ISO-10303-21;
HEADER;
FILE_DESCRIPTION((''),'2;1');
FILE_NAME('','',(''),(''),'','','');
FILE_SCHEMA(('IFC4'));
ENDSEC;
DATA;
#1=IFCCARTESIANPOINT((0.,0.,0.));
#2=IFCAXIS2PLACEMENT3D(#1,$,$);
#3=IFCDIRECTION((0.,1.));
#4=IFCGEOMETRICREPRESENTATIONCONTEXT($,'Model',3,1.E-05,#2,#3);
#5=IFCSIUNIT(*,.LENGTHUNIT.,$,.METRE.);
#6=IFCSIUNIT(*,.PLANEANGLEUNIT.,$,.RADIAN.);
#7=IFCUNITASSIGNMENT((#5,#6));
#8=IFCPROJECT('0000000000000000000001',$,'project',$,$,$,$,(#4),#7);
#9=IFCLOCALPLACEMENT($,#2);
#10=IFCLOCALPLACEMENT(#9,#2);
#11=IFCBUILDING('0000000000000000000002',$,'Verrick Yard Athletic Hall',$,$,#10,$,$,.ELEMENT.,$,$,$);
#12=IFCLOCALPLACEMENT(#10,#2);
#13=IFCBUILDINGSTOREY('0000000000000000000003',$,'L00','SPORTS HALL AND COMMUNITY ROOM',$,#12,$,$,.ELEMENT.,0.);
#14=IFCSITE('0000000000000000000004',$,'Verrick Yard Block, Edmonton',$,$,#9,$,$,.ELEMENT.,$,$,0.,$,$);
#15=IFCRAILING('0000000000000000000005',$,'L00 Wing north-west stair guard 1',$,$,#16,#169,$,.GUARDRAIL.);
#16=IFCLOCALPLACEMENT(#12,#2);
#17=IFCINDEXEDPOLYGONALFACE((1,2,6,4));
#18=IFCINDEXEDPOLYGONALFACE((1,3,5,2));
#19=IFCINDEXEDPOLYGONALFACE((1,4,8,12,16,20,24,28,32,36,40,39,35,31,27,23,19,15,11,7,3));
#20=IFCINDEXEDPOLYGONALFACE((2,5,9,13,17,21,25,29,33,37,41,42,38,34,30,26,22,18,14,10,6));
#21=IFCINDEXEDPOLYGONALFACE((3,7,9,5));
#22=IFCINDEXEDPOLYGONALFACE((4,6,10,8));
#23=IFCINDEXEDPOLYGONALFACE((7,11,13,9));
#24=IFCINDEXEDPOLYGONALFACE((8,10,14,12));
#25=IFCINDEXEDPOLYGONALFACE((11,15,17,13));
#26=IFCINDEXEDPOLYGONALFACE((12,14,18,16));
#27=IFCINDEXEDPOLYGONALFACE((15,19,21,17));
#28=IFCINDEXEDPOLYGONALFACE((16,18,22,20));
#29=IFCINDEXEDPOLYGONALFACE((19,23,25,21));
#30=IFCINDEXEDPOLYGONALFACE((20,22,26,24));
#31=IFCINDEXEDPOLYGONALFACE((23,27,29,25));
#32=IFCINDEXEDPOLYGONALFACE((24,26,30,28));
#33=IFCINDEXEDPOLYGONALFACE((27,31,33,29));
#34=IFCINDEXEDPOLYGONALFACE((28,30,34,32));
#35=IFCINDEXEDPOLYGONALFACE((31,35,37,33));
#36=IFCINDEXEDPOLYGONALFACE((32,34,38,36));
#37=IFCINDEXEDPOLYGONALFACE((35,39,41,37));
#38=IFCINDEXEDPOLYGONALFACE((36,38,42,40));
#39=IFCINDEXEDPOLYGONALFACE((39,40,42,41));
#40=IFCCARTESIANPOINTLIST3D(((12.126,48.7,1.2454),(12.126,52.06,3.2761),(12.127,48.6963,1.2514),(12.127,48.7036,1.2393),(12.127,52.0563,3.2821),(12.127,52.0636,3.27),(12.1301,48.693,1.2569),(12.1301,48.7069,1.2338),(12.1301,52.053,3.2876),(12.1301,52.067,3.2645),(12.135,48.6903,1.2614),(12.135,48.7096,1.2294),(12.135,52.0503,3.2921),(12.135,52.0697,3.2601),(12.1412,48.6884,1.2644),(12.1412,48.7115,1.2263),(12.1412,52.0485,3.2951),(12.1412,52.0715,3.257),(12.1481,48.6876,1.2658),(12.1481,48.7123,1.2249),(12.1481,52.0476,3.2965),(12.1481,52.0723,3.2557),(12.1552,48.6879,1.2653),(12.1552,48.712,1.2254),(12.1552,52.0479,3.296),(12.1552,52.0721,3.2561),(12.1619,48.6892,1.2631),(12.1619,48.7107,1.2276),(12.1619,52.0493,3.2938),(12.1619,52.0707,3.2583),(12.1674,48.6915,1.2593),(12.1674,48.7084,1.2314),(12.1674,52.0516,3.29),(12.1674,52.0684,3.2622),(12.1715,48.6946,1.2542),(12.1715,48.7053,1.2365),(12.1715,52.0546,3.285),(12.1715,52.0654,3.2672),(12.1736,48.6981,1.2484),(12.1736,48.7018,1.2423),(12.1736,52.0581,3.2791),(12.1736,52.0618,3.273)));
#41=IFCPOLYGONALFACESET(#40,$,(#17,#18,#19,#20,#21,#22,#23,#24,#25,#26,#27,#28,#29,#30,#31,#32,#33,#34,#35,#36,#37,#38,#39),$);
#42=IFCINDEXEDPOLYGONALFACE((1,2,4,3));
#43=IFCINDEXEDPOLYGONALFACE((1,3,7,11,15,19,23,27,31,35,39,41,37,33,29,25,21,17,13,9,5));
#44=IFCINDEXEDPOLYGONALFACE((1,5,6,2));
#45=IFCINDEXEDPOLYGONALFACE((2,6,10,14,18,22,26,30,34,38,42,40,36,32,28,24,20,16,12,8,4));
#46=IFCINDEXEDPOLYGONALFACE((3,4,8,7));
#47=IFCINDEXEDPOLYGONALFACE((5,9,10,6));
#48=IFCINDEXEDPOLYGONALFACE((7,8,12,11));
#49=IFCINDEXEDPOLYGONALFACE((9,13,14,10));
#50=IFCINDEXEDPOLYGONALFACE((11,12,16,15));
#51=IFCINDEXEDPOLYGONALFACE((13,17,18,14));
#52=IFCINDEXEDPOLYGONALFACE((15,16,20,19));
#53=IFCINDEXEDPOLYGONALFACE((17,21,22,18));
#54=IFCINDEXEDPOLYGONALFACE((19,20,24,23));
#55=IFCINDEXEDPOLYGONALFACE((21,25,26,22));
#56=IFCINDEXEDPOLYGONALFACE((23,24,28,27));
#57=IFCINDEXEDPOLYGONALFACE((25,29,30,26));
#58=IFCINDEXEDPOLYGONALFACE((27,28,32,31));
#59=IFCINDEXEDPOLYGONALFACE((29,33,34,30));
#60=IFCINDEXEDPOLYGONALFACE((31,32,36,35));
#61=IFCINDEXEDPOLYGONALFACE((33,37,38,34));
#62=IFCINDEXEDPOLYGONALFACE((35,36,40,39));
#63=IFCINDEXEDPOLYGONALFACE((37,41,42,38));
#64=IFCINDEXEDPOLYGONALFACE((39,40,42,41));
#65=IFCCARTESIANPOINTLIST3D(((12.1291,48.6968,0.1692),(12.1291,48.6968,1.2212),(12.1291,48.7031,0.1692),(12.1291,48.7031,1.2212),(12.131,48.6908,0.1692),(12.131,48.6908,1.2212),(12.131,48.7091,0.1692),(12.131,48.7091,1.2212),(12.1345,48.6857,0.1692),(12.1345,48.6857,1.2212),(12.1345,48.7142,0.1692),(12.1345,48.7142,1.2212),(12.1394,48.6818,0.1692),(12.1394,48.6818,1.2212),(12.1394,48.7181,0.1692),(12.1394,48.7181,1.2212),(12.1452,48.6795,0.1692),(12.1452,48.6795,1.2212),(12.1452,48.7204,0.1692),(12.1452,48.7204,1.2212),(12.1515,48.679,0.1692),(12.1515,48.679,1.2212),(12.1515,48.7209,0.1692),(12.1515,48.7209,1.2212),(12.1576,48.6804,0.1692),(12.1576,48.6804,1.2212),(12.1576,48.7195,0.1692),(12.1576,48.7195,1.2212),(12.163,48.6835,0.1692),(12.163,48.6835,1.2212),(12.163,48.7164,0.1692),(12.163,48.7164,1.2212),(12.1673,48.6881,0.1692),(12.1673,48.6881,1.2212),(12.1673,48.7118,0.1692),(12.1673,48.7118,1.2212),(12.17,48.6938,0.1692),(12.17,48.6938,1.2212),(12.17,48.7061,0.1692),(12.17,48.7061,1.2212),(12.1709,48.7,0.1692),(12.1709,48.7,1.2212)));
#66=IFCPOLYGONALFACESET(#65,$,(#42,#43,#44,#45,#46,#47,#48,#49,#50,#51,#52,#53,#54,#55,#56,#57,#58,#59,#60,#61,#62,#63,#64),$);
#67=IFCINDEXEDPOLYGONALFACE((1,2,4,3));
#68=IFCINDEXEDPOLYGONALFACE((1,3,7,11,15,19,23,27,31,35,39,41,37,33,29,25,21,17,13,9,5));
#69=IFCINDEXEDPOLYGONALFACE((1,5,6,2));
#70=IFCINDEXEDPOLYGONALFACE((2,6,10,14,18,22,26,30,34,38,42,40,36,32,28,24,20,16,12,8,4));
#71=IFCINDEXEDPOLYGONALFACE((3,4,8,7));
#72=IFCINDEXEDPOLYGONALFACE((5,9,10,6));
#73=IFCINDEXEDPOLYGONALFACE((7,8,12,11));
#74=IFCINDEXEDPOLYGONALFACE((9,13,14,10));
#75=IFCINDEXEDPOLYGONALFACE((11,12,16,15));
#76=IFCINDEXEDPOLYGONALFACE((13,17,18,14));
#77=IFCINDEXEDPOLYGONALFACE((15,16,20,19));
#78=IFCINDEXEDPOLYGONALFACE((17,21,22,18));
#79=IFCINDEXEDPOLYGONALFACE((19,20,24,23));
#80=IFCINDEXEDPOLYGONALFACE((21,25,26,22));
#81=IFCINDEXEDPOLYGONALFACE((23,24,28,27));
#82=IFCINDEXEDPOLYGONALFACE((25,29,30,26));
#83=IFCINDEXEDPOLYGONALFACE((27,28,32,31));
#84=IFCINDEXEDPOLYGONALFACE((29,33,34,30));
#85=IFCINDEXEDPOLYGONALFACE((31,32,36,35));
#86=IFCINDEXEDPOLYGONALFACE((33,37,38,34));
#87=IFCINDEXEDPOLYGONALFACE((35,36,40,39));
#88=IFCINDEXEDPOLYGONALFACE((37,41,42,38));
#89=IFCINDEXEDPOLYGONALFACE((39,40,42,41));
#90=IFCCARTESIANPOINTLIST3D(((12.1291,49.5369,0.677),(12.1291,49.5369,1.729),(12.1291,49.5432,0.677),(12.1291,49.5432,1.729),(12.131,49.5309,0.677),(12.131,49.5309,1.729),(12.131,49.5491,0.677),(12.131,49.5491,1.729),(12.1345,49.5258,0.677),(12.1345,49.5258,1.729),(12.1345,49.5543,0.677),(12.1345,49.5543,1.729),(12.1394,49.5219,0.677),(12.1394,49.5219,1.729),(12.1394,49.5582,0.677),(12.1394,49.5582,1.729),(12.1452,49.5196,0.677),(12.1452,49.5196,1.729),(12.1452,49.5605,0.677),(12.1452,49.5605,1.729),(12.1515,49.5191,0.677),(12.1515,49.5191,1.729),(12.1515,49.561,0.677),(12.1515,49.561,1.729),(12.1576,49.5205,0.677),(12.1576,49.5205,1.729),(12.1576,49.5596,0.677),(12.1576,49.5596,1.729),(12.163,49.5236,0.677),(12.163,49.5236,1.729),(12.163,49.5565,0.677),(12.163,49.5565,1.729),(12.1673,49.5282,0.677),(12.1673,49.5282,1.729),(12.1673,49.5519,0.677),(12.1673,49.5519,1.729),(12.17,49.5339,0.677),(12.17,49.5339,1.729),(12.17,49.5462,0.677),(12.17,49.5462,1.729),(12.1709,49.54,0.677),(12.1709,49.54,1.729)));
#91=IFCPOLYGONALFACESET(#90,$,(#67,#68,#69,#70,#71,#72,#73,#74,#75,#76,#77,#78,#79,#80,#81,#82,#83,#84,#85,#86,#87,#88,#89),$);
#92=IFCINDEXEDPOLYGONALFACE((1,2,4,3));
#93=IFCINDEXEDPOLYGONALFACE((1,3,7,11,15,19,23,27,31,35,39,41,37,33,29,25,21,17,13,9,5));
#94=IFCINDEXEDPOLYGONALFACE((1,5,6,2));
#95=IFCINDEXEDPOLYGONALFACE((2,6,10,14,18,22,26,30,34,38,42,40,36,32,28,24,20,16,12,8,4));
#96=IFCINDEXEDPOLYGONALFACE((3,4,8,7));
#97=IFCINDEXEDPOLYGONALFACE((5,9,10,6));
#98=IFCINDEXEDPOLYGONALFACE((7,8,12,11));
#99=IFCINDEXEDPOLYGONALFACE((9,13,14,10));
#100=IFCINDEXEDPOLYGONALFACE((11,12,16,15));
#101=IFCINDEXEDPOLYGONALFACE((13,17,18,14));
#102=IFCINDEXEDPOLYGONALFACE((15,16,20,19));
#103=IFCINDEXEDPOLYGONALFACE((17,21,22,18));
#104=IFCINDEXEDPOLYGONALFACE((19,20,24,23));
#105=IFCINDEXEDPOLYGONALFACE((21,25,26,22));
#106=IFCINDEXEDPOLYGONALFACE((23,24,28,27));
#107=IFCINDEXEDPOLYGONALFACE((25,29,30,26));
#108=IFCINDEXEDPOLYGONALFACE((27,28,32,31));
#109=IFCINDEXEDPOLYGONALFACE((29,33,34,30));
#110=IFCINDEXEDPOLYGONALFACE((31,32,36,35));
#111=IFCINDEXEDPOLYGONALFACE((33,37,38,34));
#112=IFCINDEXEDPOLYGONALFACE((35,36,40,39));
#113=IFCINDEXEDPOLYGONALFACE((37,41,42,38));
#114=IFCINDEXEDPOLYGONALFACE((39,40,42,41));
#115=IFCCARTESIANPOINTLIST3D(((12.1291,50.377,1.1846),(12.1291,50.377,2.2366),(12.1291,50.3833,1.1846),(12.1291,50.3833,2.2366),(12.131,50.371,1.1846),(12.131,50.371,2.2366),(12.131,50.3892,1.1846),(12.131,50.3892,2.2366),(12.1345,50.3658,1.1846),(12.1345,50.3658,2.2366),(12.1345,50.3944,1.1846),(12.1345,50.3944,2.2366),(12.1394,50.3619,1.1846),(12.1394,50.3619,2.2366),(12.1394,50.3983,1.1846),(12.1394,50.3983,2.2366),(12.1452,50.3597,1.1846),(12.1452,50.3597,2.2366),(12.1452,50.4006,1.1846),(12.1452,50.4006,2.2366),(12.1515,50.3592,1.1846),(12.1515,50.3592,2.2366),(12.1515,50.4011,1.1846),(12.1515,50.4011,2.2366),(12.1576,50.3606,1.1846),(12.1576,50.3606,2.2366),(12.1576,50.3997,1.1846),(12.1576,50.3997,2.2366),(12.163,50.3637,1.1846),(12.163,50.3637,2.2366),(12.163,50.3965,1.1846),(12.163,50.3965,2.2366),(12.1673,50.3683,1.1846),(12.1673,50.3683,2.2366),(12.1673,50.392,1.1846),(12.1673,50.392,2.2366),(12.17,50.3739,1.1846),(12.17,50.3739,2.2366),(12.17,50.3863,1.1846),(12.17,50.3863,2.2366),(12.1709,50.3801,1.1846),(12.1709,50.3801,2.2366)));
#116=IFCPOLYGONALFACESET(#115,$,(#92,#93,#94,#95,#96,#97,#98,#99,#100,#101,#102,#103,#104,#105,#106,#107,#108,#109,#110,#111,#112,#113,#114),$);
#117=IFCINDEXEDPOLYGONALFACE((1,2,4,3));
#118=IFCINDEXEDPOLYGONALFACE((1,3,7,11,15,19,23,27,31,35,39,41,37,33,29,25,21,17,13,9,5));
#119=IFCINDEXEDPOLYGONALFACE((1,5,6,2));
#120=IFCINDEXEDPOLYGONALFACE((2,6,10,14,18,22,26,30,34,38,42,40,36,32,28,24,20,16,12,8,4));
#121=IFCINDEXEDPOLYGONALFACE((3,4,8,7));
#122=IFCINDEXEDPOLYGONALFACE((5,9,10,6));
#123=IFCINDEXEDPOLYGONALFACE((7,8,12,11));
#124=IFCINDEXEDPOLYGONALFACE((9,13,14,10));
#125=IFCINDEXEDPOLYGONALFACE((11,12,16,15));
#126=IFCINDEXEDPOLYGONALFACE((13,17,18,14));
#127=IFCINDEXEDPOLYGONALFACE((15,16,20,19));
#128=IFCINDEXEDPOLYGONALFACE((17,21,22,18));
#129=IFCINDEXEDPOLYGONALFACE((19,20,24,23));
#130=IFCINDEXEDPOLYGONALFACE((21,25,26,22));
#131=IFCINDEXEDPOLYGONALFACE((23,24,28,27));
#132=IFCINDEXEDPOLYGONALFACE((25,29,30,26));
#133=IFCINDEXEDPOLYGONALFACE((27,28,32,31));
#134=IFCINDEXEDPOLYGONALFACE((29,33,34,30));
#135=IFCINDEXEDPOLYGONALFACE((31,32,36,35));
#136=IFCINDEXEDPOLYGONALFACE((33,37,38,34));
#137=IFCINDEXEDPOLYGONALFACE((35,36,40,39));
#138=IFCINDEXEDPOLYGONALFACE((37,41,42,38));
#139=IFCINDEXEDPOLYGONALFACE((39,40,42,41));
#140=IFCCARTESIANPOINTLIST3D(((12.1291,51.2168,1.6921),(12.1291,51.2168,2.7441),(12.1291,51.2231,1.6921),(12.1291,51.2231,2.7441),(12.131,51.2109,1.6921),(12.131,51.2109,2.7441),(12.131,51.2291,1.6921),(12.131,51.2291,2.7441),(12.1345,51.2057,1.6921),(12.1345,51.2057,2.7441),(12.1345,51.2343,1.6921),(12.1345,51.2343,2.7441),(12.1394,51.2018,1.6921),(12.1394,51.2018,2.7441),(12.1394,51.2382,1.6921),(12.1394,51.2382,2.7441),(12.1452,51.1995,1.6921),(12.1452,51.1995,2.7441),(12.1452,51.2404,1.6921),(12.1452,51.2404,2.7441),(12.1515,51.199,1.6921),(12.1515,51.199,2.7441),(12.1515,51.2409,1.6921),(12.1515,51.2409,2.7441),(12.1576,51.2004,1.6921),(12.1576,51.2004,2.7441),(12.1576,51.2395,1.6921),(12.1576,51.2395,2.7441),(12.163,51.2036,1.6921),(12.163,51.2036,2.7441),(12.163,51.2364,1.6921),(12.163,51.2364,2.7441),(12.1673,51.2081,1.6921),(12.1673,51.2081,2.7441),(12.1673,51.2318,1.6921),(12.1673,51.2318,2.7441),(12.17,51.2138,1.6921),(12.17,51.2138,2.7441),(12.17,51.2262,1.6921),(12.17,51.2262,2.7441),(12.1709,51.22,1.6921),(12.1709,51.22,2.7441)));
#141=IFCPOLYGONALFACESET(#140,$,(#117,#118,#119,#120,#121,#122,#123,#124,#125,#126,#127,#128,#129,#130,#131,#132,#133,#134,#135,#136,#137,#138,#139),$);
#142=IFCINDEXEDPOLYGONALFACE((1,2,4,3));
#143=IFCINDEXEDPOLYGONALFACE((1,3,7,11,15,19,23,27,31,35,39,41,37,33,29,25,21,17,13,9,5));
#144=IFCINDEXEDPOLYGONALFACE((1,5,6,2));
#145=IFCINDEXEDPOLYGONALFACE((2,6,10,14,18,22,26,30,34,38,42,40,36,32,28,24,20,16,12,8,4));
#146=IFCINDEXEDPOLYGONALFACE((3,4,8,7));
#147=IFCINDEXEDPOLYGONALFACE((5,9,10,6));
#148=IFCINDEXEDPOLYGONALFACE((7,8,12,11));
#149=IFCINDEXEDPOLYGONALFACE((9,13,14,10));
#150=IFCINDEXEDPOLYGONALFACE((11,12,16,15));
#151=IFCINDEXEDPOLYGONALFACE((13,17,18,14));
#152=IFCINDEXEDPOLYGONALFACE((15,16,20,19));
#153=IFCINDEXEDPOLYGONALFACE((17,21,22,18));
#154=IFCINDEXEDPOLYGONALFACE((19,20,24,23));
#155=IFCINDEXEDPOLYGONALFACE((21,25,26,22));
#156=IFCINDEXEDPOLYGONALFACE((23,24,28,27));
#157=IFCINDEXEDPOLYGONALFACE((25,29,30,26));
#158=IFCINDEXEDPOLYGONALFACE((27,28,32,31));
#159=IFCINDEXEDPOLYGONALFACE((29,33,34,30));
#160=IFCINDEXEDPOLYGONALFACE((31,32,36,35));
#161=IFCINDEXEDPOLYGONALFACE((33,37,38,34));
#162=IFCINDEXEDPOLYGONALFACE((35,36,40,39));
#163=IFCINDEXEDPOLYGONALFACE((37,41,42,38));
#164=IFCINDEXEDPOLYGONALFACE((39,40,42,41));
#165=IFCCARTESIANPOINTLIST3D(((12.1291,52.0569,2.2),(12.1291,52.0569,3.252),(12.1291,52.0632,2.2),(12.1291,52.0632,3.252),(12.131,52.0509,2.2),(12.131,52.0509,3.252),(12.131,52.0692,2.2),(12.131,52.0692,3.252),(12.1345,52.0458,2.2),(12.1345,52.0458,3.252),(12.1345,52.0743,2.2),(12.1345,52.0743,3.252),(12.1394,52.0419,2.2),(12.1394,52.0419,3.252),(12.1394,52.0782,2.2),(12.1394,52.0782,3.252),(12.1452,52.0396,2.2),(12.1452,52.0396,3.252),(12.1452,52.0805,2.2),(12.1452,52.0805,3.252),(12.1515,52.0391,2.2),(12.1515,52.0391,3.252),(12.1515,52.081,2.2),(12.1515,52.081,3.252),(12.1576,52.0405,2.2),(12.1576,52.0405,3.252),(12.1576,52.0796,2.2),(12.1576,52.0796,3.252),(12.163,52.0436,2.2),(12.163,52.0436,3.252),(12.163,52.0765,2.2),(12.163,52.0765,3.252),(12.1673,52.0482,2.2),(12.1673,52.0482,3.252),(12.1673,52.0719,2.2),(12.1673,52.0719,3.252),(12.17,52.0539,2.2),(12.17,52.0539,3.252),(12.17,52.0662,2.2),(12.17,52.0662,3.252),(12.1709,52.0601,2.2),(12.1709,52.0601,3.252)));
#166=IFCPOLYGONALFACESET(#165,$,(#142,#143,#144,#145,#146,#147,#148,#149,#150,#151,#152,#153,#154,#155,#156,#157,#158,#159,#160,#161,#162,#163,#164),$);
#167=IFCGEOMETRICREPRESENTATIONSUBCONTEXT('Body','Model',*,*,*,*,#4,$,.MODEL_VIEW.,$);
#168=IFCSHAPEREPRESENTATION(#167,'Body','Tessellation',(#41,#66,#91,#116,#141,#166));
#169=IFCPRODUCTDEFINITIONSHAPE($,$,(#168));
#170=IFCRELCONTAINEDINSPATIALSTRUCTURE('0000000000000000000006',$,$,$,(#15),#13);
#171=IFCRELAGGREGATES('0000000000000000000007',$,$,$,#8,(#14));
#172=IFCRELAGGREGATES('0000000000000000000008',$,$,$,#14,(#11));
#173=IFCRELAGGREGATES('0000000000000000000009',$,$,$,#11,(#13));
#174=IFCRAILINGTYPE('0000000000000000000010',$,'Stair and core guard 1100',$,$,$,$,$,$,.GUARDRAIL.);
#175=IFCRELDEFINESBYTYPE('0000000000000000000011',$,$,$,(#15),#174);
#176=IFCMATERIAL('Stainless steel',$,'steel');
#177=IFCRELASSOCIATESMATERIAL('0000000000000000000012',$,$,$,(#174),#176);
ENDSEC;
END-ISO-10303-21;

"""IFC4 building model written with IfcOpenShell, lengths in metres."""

from ifc_helpers import new_model, si_unit, direction, frame, origin, origin_2d, place, context, subcontext, project, spatial, circle, extrude, material, type_object, element, save


model = new_model("IFC4")

# Units and contexts
model_context = context("Model", 3, precision=1e-05, world=origin(), true_north=direction((0.0, 1.0)))
body_context = subcontext(model_context, "Body", "Model", "MODEL_VIEW")
ifc_project = project(units=[si_unit("LENGTHUNIT", "METRE"), si_unit("PLANEANGLEUNIT", "RADIAN")], contexts=[model_context])

# Site, building, storey
site_placement = place(None, origin())
site = spatial("IfcSite", under=ifc_project, at=site_placement, Name="Verrick Yard Block, Edmonton", CompositionType="ELEMENT", RefElevation=0.0)
building_placement = place(site_placement, origin())
building = spatial("IfcBuilding", under=site, at=building_placement, Name="Verrick Yard Athletic Hall", CompositionType="ELEMENT")
storey_placement = place(building_placement, origin())
storey = spatial("IfcBuildingStorey", under=building, at=storey_placement, Name="L00", Description="SPORTS HALL AND COMMUNITY ROOM", CompositionType="ELEMENT", Elevation=0.0)

# Railing
ifc_material_1 = material(Name="Stainless steel", Category="steel")
railing_type_1 = type_object("IfcRailingType", Name="Stair and core guard 1100", PredefinedType="GUARDRAIL", material=ifc_material_1)
railing_1_placement = place(storey_placement, frame((12.1499, 48.7, 0.1692)))
element("IfcRailing", 1, at=railing_1_placement, inside=storey, type_object=railing_type_1, Name="L00 Wing north-west stair guard 1", PredefinedType="GUARDRAIL", context=body_context, shape_type="SweptSolid", body=[
    extrude(circle(Radius=0.0239, at=origin_2d()), frame((0.0, 0.0, 1.0762), z_axis=(0.0, 0.855837, 0.517246), x_axis=(-1.0, 0.0, 0.0)), (0.0, 0.0, 1.0), 3.926),
    extrude(circle(Radius=0.021, at=origin_2d()), origin(), (0.0, 0.0, 1.0), 1.052),
    extrude(circle(Radius=0.021, at=origin_2d()), frame((0.0, 0.8401, 0.5078)), (0.0, 0.0, 1.0), 1.052),
    extrude(circle(Radius=0.021, at=origin_2d()), frame((0.0, 1.6802, 1.0154)), (0.0, 0.0, 1.0), 1.052),
    extrude(circle(Radius=0.021, at=origin_2d()), frame((0.0, 2.52, 1.5229)), (0.0, 0.0, 1.0), 1.052),
    extrude(circle(Radius=0.021, at=origin_2d()), frame((0.0, 3.3601, 2.0308)), (0.0, 0.0, 1.0), 1.052),
])

save(model, "model.ifc")
